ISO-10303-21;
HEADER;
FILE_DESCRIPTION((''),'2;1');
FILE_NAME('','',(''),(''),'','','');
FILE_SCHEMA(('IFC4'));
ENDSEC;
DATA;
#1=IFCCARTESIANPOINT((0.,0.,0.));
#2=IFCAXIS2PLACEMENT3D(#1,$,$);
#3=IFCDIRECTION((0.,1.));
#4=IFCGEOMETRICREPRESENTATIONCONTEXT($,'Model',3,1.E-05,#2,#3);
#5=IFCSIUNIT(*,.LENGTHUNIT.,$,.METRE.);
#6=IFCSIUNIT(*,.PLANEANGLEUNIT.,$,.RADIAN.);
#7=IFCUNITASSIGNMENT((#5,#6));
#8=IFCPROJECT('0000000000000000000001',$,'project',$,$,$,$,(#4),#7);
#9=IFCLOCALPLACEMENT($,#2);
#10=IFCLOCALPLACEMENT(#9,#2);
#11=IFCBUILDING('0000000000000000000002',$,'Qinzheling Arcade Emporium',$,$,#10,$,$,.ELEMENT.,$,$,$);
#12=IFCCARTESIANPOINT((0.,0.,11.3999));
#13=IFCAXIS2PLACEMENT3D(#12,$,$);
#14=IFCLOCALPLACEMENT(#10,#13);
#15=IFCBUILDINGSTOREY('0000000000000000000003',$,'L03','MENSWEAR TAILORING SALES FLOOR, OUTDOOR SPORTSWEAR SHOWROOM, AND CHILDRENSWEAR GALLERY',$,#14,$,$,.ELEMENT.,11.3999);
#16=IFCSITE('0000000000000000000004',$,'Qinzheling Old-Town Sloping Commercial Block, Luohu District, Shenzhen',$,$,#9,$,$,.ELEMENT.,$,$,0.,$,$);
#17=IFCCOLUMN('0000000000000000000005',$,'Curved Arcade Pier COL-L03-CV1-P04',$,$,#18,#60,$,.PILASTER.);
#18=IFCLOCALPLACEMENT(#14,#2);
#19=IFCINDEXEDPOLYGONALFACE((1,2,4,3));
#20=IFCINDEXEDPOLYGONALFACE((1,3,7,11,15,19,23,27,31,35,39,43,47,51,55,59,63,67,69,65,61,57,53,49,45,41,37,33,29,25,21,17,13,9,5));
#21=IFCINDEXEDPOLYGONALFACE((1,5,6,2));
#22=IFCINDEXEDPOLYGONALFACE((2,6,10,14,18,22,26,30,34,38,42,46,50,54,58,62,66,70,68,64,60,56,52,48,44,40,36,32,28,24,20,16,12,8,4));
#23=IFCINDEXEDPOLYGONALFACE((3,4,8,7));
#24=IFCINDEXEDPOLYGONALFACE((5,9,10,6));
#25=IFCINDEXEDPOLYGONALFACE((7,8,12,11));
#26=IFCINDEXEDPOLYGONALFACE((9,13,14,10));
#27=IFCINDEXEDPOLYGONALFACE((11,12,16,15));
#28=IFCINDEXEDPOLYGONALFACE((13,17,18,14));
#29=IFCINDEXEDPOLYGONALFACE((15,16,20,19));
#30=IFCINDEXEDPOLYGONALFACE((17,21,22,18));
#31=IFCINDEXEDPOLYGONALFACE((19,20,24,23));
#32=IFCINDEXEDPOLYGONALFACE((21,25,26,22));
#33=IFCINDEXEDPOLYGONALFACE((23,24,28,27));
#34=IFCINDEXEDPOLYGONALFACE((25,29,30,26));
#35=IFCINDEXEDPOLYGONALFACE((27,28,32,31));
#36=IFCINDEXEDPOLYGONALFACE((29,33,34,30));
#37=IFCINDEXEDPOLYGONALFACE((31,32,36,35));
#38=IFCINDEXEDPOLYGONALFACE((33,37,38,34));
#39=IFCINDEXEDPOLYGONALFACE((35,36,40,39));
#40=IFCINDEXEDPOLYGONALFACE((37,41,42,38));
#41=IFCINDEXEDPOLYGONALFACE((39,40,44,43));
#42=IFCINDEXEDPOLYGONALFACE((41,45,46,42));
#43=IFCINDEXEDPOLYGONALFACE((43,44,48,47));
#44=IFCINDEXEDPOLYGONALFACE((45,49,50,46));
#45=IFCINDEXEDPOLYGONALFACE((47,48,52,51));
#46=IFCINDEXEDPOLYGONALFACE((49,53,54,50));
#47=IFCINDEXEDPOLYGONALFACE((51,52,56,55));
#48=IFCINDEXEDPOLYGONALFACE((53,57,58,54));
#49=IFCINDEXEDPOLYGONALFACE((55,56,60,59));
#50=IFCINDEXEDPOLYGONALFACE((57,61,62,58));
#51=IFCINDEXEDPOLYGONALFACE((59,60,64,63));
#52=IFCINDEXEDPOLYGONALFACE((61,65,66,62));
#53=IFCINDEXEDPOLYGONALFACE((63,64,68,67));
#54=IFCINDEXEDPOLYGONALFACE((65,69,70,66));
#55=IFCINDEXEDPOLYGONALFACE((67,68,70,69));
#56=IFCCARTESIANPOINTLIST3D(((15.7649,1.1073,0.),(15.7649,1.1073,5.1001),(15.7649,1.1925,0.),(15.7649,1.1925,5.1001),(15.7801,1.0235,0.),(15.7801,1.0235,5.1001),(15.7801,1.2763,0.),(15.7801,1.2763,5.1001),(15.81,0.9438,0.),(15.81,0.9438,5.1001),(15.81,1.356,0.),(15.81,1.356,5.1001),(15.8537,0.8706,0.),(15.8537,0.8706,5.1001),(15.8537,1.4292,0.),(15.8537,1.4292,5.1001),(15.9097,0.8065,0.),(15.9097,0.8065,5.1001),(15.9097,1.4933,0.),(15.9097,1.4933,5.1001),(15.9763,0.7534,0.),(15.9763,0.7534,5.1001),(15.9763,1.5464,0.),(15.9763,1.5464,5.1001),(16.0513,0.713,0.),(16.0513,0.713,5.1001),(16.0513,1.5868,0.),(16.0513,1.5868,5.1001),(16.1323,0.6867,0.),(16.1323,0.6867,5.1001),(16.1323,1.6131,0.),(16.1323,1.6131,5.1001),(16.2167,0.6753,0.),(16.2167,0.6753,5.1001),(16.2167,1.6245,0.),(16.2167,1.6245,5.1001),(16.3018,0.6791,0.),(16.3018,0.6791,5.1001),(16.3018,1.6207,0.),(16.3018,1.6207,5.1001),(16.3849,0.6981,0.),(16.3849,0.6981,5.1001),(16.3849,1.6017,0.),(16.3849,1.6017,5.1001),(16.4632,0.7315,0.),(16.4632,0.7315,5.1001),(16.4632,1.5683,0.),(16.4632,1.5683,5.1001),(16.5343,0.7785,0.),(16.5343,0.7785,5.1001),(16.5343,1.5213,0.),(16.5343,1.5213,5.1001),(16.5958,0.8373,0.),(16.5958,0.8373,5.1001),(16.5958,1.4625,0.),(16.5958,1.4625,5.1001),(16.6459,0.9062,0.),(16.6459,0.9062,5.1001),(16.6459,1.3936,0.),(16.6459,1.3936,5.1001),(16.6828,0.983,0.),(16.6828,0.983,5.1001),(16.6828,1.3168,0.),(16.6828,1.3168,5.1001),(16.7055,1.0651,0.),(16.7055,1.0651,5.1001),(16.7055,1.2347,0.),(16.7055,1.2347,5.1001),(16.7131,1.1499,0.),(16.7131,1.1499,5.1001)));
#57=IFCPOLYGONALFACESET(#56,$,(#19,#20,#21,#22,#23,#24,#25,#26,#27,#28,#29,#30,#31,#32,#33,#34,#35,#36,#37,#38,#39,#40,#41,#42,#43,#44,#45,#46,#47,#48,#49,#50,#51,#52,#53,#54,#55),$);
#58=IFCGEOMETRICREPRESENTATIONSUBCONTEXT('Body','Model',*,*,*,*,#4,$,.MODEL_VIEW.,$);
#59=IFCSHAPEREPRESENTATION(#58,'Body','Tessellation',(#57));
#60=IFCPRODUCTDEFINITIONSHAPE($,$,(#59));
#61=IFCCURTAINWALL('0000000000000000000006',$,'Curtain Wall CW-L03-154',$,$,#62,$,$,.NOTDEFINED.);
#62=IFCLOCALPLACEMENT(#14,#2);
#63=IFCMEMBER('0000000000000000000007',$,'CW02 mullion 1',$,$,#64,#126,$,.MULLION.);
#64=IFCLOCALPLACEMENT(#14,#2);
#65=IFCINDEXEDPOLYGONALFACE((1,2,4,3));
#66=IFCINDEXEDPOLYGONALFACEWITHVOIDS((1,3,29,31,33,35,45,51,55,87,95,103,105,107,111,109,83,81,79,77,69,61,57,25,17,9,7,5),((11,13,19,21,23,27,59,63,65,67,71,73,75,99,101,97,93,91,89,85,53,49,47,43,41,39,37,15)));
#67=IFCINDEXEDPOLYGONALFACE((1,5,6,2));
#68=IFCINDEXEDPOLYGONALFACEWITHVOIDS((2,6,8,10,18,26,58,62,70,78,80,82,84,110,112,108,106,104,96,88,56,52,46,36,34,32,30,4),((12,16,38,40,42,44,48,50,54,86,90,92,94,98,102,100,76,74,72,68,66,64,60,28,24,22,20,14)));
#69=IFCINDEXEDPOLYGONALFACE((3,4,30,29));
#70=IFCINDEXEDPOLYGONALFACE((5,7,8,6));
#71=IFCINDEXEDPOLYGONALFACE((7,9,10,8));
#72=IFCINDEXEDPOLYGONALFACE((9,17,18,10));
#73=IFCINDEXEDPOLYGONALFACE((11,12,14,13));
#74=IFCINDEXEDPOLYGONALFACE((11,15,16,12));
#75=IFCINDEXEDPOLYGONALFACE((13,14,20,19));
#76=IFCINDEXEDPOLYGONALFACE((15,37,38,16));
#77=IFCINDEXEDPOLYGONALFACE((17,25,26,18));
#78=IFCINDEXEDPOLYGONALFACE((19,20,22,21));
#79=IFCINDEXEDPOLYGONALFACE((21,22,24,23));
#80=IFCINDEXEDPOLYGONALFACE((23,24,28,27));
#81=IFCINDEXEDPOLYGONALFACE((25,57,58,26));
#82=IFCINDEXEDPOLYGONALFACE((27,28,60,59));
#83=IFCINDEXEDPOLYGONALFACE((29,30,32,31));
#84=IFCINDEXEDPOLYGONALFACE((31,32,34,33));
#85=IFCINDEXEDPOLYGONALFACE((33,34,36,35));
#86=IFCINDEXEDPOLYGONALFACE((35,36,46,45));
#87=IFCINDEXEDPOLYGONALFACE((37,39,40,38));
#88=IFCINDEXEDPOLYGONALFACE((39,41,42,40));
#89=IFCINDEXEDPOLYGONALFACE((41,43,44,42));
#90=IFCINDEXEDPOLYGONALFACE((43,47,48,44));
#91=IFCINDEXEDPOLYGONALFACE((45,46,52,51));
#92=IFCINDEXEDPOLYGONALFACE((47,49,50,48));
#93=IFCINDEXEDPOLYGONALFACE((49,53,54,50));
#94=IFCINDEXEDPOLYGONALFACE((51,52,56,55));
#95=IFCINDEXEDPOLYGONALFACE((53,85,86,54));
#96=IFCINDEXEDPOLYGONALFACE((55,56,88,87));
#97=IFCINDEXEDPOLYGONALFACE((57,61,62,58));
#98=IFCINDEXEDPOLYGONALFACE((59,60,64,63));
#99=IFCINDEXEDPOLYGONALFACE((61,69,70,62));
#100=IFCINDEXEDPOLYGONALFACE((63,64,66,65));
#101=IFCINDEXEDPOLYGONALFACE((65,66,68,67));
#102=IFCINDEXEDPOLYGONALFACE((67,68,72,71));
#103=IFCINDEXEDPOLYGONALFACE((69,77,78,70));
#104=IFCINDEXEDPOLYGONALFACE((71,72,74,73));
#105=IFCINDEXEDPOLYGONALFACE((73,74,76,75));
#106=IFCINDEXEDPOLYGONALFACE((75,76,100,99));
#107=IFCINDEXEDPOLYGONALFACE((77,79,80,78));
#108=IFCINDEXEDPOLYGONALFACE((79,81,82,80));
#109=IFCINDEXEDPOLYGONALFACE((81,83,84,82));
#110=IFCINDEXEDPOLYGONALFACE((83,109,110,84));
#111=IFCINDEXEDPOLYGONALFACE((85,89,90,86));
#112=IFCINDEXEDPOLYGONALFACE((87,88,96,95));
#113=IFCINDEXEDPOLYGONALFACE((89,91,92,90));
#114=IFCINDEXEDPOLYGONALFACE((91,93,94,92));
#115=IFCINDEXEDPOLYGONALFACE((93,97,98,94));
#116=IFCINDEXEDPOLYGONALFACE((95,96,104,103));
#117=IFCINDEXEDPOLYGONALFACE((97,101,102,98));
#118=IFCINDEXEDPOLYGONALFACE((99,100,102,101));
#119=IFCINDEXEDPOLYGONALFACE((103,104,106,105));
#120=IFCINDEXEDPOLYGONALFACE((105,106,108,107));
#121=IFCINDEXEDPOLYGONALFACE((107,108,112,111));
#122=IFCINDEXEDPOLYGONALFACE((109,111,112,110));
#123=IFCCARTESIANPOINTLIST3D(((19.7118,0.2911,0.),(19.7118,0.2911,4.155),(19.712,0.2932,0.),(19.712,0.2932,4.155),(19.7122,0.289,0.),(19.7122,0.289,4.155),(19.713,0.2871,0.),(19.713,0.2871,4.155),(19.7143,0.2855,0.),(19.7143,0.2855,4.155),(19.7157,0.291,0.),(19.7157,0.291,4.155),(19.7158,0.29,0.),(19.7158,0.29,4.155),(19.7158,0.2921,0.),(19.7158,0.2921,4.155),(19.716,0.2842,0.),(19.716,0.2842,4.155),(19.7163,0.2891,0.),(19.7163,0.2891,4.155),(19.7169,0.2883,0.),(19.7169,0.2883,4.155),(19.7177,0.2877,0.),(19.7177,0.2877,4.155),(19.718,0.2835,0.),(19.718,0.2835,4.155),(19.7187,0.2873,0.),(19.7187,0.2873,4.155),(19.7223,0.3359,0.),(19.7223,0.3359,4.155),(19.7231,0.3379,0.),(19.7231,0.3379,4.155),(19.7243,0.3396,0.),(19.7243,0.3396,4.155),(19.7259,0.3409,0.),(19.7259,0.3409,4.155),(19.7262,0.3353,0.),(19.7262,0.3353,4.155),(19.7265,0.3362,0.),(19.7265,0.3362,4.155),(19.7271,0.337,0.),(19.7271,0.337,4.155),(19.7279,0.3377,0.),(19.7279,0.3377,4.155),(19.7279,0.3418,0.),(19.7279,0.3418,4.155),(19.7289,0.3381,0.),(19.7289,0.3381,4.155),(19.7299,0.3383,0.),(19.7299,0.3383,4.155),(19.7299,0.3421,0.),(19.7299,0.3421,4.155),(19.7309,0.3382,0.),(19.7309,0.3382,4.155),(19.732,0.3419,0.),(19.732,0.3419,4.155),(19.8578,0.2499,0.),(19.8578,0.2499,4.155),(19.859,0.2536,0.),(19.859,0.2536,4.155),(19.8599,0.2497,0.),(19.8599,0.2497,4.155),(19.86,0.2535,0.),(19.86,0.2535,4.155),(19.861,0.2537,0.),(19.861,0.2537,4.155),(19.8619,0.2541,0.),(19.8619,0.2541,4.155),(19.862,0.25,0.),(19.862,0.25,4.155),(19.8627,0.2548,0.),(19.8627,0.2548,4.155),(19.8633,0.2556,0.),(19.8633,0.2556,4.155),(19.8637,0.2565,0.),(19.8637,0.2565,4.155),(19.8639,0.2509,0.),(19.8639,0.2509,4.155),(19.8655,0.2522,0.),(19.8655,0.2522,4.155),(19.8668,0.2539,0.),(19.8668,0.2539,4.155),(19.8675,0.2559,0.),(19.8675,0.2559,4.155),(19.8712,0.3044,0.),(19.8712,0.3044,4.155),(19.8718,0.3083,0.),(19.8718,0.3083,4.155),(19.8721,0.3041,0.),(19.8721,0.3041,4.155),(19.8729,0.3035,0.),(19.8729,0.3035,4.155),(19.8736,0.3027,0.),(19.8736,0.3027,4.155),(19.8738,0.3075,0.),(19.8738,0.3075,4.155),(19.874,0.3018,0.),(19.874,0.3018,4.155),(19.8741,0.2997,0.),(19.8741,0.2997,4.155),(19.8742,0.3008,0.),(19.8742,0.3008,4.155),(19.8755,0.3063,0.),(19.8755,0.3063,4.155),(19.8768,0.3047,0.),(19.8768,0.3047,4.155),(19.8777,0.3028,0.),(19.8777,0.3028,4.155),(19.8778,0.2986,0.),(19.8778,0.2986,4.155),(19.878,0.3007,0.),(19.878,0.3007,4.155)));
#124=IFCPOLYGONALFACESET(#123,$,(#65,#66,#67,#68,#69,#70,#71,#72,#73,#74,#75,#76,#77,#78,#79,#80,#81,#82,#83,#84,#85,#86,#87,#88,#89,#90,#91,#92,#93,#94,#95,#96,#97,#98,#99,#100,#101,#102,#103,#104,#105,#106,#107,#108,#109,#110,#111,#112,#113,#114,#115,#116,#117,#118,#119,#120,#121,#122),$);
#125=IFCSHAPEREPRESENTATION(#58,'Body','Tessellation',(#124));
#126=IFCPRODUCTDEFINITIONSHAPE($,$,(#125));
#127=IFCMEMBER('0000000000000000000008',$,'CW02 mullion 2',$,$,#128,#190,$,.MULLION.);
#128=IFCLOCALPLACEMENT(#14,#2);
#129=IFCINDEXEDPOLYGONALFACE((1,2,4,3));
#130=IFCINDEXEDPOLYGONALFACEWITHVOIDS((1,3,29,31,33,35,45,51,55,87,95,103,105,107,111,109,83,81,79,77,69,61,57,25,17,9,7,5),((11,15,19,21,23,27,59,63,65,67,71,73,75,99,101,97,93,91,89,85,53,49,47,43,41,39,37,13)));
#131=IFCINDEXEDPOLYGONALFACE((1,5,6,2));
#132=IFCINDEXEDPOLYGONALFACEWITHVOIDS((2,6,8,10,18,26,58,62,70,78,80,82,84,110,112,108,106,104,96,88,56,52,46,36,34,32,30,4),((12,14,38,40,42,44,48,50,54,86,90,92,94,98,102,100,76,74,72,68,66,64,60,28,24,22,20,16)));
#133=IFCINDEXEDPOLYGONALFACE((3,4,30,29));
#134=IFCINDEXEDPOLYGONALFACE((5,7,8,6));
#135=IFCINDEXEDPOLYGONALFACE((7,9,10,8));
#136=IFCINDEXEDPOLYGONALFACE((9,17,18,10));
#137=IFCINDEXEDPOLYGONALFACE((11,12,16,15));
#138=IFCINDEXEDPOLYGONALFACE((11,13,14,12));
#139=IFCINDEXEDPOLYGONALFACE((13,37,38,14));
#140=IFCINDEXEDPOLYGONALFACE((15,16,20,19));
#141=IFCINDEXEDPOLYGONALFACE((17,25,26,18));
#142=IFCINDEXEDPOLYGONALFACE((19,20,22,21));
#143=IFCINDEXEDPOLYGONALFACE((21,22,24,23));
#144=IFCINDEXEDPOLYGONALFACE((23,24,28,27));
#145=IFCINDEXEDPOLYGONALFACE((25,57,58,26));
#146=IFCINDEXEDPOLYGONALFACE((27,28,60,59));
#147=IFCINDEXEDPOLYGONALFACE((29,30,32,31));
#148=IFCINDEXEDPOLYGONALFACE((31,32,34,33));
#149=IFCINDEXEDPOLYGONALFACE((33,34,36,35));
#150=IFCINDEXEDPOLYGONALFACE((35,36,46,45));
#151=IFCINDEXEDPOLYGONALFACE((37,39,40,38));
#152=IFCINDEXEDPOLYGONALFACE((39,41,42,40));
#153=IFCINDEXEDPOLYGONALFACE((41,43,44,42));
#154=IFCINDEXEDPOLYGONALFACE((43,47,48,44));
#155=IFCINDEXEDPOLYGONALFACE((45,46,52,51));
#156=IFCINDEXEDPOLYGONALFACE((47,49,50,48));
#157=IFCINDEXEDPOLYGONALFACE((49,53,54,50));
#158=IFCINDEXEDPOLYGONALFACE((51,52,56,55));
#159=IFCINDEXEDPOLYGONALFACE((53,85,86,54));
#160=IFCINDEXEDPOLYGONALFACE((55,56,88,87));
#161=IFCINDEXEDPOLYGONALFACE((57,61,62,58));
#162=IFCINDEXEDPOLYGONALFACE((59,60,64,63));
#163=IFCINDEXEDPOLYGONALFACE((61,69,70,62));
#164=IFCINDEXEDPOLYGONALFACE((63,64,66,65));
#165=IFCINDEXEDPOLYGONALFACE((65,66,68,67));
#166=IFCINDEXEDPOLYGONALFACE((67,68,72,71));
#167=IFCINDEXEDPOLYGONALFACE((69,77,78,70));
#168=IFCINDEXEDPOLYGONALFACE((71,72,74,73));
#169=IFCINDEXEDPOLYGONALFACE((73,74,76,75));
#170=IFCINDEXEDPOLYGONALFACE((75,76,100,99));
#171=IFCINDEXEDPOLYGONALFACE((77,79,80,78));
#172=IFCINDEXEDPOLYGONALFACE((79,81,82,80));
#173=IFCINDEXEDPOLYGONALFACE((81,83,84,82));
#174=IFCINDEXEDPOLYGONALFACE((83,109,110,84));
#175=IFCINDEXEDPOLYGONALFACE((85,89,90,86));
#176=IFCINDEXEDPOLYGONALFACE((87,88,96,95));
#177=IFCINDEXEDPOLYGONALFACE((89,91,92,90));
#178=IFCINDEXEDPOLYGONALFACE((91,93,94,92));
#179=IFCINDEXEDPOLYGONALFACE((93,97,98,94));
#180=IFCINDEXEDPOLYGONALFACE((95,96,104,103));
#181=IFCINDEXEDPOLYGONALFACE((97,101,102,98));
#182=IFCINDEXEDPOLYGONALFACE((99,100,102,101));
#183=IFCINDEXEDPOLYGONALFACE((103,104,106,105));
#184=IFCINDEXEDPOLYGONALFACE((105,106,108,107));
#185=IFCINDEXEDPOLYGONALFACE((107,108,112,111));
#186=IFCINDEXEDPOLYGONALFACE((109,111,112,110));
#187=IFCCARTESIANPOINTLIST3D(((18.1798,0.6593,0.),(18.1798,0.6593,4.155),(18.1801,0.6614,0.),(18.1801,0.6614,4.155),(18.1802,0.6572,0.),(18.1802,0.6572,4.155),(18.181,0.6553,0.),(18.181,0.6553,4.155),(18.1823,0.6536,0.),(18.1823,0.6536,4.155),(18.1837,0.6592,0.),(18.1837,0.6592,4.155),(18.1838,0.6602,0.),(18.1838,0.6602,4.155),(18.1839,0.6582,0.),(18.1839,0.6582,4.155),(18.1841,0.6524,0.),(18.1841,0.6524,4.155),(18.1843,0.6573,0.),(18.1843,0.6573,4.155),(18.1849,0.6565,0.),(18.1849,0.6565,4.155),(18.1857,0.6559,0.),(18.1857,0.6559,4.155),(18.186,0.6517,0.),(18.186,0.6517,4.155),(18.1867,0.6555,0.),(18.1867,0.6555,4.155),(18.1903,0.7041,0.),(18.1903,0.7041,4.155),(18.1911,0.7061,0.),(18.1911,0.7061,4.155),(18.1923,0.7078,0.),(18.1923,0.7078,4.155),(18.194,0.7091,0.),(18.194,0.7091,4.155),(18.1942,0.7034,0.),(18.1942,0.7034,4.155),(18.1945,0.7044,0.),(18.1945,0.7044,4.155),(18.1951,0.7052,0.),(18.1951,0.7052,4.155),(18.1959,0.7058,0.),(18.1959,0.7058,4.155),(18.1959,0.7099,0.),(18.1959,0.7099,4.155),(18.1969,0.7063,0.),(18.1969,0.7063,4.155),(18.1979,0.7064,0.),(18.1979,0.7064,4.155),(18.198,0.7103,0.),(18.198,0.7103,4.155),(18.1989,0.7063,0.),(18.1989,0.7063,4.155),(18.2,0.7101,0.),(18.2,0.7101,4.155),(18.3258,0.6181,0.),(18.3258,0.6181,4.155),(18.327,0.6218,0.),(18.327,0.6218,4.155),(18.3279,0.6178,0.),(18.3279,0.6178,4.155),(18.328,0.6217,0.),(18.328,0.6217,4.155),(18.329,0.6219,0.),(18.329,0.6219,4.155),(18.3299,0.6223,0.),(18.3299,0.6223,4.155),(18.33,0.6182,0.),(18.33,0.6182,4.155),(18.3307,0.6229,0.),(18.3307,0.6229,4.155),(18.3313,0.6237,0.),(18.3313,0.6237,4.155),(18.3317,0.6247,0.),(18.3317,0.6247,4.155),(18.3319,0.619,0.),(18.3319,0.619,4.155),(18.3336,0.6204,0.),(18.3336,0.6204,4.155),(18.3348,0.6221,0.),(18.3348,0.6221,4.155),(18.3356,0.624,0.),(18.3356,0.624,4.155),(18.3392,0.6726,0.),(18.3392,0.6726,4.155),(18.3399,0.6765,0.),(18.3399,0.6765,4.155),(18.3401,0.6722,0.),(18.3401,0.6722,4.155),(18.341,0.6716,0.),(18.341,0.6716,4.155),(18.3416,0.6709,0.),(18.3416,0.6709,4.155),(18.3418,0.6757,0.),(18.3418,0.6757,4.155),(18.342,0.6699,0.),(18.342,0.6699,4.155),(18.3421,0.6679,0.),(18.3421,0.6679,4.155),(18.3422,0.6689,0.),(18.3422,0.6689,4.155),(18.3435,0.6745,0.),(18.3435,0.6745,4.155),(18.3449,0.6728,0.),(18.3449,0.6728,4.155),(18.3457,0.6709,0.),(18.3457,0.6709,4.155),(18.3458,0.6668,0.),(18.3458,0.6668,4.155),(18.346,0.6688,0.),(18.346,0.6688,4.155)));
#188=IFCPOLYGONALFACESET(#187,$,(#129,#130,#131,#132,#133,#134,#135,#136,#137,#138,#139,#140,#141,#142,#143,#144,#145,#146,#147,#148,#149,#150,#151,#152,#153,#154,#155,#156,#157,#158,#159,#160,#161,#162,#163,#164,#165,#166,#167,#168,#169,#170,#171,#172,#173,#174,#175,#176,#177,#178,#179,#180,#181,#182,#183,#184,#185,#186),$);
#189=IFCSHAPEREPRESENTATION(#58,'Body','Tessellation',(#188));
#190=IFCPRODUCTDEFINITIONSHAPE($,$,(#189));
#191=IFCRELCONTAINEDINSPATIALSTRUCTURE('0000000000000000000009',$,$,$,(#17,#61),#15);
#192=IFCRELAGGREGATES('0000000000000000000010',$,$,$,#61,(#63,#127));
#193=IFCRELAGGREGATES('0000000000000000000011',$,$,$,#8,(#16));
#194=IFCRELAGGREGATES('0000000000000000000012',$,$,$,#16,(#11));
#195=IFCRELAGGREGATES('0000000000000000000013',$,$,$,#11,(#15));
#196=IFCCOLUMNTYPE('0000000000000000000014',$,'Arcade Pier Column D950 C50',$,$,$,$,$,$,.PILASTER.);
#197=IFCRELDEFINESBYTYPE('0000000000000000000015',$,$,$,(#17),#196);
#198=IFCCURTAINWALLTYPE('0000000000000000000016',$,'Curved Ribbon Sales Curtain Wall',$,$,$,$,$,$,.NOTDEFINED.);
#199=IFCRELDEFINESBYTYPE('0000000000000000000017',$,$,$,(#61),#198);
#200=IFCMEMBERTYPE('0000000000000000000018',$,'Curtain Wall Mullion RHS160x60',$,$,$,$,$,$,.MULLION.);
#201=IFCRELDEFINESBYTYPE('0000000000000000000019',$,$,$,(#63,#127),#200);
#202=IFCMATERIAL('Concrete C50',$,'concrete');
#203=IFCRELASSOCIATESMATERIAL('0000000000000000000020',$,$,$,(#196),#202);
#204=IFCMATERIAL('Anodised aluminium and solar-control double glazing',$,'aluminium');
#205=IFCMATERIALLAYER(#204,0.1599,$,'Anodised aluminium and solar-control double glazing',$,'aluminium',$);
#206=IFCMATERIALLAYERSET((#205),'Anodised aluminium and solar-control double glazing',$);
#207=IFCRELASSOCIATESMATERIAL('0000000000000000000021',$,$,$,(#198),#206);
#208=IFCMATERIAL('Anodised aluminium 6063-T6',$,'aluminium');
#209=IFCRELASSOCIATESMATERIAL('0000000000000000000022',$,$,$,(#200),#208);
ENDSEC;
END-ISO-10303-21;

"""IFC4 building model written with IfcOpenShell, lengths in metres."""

from ifc_helpers import new_model, si_unit, direction, frame, origin, origin_2d, place, context, subcontext, project, spatial, hollow_rectangle, circle, extrude, material, layer, layer_set, material_profile, profile_set, type_object, element, aggregate, save


model = new_model("IFC4")

# Units and contexts
model_context = context("Model", 3, precision=1e-05, world=origin(), true_north=direction((0.0, 1.0)))
body_context = subcontext(model_context, "Body", "Model", "MODEL_VIEW")
ifc_project = project(units=[si_unit("LENGTHUNIT", "METRE"), si_unit("PLANEANGLEUNIT", "RADIAN")], contexts=[model_context])

# Site, building, storey
site_placement = place(None, origin())
site = spatial("IfcSite", under=ifc_project, at=site_placement, Name="Qinzheling Old-Town Sloping Commercial Block, Luohu District, Shenzhen", CompositionType="ELEMENT", RefElevation=0.0)
building_placement = place(site_placement, origin())
building = spatial("IfcBuilding", under=site, at=building_placement, Name="Qinzheling Arcade Emporium", CompositionType="ELEMENT")
storey_placement = place(building_placement, frame((0.0, 0.0, 11.3999)))
storey = spatial("IfcBuildingStorey", under=building, at=storey_placement, Name="L03", Description="MENSWEAR TAILORING SALES FLOOR, OUTDOOR SPORTSWEAR SHOWROOM, AND CHILDRENSWEAR GALLERY", CompositionType="ELEMENT", Elevation=11.3999)

# Column
ifc_material_1 = material(Name="Concrete C50", Category="concrete")
ifc_material_profile_1 = material_profile(ifc_material_1, circle(Radius=0.4751, at=origin_2d()), Name="RC D950", Category="concrete")
ifc_profile_set_1 = profile_set([ifc_material_profile_1], Name="Concrete C50")
column_type = type_object("IfcColumnType", Name="Arcade Pier Column D950 C50", PredefinedType="PILASTER", material=ifc_profile_set_1)
column_placement = place(storey_placement, frame((16.238, 1.1499, 0.0), z_axis=(0.0, 0.0, 1.0), x_axis=(1.0, 0.0, 0.0)))
element("IfcColumn", 1, at=column_placement, inside=storey, type_object=column_type, Name="Curved Arcade Pier COL-L03-CV1-P04", PredefinedType="PILASTER", context=body_context, shape_type="SweptSolid", body=[
    extrude(circle(Radius=0.4751, at=origin_2d()), origin(), (0.0, 0.0, 1.0), 5.1001),
])

# Curtain wall, members
ifc_material_2 = material(Name="Anodised aluminium and solar-control double glazing", Category="aluminium")
ifc_layer_1 = layer(ifc_material_2, 0.1599, Name="Anodised aluminium and solar-control double glazing", Category="aluminium")
ifc_layer_set_1 = layer_set([ifc_layer_1], Name="Anodised aluminium and solar-control double glazing")
curtain_wall_type = type_object("IfcCurtainWallType", Name="Curved Ribbon Sales Curtain Wall", PredefinedType="NOTDEFINED", material=ifc_layer_set_1)
curtain_wall_1_placement = place(storey_placement, origin())
curtain_wall_1 = element("IfcCurtainWall", 2, at=curtain_wall_1_placement, inside=storey, type_object=curtain_wall_type, Name="Curtain Wall CW-L03-154", PredefinedType="NOTDEFINED")
ifc_material_3 = material(Name="Anodised aluminium 6063-T6", Category="aluminium")
ifc_material_profile_2 = material_profile(ifc_material_3, hollow_rectangle(XDim=0.0601, YDim=0.1599, WallThickness=0.0039, InnerFilletRadius=0.0039, OuterFilletRadius=0.0081, at=origin_2d()), Name="RHS 160x60x4", Category="aluminium")
ifc_profile_set_2 = profile_set([ifc_material_profile_2], Name="Anodised aluminium 6063-T6")
member_type_1 = type_object("IfcMemberType", Name="Curtain Wall Mullion RHS160x60", PredefinedType="MULLION", material=ifc_profile_set_2)
member_1_placement = place(storey_placement, frame((19.7949, 0.2959, 0.0), z_axis=(0.0, 0.0, 1.0), x_axis=(-0.233585, -0.972336, 0.0)))
member_1 = element("IfcMember", 3, at=member_1_placement, type_object=member_type_1, Name="CW02 mullion 1", PredefinedType="MULLION", context=body_context, shape_type="SweptSolid", body=[
    extrude(hollow_rectangle(XDim=0.0601, YDim=0.1599, WallThickness=0.0039, InnerFilletRadius=0.0039, OuterFilletRadius=0.0081, at=origin_2d()), origin(), (0.0, 0.0, 1.0), 4.155),
])
member_2_placement = place(storey_placement, frame((18.2629, 0.6641, 0.0), z_axis=(0.0, 0.0, 1.0), x_axis=(-0.233585, -0.972336, 0.0)))
member_2 = element("IfcMember", 4, at=member_2_placement, type_object=member_type_1, Name="CW02 mullion 2", PredefinedType="MULLION", context=body_context, shape_type="SweptSolid", body=[
    extrude(hollow_rectangle(XDim=0.0601, YDim=0.1599, WallThickness=0.0039, InnerFilletRadius=0.0039, OuterFilletRadius=0.0081, at=origin_2d()), origin(), (0.0, 0.0, 1.0), 4.155),
])

aggregate(curtain_wall_1, [member_1, member_2])

save(model, "model.ifc")
